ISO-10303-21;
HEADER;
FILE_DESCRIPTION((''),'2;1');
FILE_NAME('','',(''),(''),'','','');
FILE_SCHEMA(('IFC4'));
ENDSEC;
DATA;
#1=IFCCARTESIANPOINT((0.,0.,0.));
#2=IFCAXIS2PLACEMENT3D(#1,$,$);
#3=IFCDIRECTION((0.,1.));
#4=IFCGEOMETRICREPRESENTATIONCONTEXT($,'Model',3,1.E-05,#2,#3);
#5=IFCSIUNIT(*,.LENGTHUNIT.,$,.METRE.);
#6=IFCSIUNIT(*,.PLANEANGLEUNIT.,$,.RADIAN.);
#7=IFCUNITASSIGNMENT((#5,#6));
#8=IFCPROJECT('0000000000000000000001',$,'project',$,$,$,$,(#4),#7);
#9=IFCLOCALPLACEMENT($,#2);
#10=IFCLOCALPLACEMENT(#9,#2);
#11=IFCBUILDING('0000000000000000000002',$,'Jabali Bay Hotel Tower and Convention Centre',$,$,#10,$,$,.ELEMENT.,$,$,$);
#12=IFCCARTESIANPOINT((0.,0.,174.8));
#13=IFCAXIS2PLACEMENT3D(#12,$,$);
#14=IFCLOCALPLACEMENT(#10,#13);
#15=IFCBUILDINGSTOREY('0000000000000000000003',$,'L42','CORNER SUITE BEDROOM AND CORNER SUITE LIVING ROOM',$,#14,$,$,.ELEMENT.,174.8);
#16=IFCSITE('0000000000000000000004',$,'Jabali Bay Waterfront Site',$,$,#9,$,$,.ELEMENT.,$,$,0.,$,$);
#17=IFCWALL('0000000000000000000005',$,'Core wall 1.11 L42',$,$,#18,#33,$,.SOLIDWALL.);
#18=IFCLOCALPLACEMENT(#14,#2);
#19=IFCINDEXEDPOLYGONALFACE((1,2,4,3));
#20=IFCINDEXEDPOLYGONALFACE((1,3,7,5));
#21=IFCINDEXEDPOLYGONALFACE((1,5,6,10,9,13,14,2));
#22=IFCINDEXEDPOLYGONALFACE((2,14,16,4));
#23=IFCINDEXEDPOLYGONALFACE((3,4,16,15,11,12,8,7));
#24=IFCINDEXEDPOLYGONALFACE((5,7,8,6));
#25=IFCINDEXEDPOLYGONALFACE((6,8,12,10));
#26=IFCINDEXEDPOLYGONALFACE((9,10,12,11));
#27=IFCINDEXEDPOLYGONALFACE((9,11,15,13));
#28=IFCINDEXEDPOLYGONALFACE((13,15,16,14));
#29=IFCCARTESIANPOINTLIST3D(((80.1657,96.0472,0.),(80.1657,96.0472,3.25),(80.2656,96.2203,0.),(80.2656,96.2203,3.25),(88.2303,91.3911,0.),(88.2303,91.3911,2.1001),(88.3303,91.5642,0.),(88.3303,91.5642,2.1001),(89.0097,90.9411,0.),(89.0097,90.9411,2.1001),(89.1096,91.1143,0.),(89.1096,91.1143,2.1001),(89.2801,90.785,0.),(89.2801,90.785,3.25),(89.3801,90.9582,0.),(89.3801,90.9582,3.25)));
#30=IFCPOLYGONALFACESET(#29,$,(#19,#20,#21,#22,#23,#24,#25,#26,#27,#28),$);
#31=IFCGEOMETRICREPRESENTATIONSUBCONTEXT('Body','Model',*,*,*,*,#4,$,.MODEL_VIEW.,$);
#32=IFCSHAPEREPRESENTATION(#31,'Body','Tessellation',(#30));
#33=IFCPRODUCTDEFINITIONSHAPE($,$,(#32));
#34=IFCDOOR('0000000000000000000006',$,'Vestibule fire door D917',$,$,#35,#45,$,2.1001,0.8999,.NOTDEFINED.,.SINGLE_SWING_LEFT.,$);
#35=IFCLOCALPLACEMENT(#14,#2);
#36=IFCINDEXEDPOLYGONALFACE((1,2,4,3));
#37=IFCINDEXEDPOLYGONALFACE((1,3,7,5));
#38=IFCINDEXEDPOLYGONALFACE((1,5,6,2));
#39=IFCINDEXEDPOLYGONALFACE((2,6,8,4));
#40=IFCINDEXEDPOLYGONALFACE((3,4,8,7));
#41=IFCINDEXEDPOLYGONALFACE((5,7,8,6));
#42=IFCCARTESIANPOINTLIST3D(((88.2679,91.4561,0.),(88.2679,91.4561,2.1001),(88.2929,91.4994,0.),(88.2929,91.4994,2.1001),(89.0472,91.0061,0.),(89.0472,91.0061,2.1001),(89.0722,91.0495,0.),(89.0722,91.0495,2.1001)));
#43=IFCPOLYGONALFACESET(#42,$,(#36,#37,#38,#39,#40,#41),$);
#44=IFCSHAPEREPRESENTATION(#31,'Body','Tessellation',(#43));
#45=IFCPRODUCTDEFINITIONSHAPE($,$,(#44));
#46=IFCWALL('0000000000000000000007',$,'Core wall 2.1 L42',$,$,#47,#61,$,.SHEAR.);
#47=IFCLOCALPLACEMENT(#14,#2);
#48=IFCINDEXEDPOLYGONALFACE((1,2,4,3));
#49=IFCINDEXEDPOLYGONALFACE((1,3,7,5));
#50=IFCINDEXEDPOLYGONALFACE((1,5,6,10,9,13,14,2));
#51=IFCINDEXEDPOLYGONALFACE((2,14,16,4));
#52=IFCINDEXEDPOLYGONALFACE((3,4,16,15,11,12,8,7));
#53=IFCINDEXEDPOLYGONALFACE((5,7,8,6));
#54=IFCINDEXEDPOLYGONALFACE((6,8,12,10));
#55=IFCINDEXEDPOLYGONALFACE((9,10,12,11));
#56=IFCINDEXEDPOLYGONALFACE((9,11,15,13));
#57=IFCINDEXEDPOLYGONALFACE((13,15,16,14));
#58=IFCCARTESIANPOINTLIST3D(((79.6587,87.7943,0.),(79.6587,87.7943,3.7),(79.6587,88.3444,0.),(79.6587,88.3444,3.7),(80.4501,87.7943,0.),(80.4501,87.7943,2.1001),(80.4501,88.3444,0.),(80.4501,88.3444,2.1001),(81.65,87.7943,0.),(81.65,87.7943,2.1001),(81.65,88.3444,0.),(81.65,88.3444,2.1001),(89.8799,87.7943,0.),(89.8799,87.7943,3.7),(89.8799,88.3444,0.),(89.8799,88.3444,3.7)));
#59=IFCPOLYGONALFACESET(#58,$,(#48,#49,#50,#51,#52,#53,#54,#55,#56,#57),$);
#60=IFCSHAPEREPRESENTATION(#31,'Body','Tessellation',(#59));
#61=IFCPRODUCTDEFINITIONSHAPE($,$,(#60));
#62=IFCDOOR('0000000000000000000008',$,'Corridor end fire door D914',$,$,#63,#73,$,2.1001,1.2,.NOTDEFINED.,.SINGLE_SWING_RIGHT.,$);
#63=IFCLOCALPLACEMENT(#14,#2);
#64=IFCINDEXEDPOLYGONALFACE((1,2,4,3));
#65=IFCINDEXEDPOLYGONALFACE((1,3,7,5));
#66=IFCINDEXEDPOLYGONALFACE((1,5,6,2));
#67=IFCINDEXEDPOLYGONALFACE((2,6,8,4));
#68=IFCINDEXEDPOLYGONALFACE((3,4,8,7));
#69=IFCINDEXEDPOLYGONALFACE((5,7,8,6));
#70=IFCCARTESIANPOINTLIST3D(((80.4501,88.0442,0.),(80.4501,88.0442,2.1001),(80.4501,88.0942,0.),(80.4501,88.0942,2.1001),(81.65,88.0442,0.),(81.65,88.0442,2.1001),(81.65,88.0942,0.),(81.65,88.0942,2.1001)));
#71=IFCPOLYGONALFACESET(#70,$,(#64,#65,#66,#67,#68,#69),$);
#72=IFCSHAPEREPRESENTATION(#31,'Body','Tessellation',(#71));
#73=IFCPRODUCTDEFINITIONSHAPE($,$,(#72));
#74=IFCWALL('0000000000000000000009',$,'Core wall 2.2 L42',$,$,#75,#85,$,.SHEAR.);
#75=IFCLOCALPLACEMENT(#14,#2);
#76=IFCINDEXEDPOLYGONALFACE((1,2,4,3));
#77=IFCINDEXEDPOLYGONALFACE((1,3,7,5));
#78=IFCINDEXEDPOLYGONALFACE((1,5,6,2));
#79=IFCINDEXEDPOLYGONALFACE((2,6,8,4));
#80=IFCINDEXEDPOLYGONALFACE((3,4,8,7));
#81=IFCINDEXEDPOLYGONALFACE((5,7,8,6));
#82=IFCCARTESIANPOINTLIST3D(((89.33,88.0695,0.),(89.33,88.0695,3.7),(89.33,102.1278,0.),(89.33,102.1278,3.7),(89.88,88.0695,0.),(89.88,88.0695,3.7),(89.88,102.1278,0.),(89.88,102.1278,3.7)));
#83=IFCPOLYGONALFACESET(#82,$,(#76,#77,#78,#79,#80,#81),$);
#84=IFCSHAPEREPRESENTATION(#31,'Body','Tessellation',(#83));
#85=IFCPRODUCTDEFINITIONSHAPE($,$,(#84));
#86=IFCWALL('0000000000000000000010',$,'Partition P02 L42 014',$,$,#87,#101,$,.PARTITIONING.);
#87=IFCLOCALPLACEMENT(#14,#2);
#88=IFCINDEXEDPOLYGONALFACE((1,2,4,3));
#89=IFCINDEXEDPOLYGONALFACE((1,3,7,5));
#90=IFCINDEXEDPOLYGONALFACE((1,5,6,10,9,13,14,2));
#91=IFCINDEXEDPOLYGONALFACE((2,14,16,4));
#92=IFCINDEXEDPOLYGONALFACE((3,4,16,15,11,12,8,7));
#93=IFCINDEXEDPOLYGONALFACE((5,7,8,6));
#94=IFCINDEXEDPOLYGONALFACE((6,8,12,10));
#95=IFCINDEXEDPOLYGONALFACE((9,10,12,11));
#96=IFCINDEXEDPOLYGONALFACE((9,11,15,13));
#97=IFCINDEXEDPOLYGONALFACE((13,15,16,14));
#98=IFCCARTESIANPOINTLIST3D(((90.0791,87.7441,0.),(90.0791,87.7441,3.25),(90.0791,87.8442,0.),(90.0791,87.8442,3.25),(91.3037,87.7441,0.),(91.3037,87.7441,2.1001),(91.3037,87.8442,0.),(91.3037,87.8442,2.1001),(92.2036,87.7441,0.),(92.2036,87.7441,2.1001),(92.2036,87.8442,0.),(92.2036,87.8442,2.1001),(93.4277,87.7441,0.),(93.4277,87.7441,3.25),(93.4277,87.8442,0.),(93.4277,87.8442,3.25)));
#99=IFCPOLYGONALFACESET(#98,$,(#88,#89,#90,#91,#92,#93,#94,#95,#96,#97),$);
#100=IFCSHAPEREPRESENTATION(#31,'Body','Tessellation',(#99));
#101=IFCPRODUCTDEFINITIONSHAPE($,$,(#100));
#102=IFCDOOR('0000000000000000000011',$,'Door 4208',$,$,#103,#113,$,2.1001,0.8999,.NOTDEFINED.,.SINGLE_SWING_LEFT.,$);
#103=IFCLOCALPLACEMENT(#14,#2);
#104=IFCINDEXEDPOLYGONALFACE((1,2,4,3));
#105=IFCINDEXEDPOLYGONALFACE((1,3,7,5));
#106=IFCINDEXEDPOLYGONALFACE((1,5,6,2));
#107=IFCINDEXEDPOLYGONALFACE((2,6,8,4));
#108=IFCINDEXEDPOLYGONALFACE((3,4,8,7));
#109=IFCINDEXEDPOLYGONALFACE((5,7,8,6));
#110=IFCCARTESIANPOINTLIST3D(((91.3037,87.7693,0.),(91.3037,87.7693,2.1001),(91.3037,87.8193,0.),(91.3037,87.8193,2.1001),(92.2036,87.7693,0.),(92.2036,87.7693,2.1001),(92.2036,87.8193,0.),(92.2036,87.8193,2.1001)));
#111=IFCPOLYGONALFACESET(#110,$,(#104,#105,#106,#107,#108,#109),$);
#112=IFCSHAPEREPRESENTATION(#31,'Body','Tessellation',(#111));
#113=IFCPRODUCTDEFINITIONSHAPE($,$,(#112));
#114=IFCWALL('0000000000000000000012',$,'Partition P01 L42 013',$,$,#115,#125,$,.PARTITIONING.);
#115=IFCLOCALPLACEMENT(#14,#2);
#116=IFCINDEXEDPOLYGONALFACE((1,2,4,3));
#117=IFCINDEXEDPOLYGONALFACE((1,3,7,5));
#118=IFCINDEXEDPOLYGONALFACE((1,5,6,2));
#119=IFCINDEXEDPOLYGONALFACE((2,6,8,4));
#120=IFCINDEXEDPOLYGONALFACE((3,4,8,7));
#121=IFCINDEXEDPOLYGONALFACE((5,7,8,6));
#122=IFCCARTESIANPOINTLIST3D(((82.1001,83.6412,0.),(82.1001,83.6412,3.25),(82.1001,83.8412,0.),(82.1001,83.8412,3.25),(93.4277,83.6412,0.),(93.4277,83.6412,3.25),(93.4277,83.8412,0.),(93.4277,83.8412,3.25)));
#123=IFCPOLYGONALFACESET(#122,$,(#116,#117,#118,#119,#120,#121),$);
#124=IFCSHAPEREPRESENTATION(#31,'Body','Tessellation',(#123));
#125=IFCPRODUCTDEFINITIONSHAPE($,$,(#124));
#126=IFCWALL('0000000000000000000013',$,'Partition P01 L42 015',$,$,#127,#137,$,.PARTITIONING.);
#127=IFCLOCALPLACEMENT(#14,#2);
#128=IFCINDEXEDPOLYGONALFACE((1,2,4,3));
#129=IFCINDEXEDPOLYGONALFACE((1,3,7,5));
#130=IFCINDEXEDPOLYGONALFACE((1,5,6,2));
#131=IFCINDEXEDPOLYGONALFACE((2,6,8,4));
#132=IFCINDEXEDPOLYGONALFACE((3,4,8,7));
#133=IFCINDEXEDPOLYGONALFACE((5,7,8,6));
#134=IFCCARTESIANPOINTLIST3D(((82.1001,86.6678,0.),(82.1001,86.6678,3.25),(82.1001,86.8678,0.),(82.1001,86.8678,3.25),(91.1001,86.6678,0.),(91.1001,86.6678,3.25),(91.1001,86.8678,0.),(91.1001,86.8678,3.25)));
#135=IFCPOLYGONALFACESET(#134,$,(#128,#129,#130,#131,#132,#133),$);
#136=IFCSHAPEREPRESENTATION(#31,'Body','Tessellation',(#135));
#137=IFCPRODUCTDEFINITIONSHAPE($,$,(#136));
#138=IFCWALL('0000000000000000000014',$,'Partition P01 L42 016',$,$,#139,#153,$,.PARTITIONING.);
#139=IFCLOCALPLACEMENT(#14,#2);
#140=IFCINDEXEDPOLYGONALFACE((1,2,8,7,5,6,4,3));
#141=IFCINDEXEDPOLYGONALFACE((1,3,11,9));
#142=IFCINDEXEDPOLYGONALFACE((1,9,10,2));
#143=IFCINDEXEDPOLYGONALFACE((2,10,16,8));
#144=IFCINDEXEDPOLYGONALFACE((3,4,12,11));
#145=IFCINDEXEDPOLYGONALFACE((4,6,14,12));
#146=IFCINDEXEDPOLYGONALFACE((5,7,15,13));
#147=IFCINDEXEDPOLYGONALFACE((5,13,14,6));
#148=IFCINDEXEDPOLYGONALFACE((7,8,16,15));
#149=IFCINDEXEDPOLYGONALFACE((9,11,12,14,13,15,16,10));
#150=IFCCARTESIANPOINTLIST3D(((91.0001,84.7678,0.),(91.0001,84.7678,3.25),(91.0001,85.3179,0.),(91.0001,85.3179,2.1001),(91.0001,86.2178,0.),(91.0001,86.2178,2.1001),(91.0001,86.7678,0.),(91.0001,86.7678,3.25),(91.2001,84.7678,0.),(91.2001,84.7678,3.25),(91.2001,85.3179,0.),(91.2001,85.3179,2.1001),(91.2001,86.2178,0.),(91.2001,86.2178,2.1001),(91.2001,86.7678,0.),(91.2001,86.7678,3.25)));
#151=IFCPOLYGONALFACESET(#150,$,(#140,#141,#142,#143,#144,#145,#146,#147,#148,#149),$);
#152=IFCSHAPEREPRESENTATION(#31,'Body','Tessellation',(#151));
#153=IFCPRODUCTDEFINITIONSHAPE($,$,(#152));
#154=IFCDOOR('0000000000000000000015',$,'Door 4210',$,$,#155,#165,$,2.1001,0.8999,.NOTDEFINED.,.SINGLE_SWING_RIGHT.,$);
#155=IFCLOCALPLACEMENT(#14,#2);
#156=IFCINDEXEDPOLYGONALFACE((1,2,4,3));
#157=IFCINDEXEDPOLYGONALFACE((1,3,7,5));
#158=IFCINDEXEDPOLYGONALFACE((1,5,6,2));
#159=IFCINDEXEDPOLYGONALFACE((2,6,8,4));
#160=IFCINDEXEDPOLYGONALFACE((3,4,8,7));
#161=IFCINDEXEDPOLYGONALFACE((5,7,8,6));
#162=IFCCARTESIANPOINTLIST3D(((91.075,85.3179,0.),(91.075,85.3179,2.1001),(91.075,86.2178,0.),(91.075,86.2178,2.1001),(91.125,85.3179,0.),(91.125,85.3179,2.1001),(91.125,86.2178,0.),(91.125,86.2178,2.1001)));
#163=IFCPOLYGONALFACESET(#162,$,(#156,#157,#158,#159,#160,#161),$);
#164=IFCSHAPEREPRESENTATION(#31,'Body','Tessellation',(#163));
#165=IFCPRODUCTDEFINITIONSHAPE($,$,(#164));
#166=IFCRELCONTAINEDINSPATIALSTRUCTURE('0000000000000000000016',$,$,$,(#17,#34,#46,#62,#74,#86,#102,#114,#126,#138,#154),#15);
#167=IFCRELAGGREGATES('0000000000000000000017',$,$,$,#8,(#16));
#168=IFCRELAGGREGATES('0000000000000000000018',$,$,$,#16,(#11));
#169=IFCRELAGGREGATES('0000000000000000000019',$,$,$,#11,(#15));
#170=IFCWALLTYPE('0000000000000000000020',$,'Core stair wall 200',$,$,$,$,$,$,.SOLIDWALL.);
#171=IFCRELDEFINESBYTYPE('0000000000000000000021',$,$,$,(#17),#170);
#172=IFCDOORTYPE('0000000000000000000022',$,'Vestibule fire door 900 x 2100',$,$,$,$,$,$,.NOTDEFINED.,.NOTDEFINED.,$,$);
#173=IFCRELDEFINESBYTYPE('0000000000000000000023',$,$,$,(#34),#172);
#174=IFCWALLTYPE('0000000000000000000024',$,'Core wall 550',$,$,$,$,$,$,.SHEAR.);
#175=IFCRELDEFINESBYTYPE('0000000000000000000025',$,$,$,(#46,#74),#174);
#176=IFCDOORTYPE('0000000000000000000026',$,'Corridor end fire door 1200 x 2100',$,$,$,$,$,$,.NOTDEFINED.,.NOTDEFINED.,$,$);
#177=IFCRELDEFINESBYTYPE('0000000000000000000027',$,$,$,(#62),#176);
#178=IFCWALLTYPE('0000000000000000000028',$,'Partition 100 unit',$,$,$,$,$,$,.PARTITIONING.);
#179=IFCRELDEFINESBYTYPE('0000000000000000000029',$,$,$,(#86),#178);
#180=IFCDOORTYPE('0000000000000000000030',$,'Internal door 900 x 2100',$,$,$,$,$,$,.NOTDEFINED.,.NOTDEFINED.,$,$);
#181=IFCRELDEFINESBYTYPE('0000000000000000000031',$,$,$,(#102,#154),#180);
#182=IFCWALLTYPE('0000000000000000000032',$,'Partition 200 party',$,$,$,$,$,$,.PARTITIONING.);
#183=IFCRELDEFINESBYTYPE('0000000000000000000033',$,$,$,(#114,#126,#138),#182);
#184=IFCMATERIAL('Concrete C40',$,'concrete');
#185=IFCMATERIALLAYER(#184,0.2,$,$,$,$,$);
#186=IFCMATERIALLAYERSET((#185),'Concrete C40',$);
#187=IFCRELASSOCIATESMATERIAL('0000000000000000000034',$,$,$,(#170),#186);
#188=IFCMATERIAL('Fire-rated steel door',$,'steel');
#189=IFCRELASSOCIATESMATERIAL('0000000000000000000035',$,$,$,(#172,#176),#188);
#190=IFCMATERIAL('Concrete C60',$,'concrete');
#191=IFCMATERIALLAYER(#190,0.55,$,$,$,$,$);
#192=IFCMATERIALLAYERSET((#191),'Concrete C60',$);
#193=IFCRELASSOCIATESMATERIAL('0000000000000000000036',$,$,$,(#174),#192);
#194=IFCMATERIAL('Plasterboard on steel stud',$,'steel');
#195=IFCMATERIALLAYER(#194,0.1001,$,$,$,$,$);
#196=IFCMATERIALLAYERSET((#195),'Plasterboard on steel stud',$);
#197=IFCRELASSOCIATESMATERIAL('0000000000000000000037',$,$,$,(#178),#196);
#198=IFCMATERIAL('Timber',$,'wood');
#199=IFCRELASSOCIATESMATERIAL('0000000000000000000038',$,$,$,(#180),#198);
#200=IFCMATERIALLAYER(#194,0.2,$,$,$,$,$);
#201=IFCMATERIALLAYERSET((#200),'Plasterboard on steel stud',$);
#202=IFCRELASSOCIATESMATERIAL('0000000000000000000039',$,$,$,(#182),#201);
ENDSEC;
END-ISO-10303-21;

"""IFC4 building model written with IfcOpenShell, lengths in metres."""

from ifc_helpers import new_model, si_unit, direction, frame, frame_2d, origin, place, context, subcontext, project, spatial, rectangle, extrude, material, layer, layer_set, type_object, element, fill, save


model = new_model("IFC4")

# Units and contexts
model_context = context("Model", 3, precision=1e-05, world=origin(), true_north=direction((0.0, 1.0)))
body_context = subcontext(model_context, "Body", "Model", "MODEL_VIEW")
ifc_project = project(units=[si_unit("LENGTHUNIT", "METRE"), si_unit("PLANEANGLEUNIT", "RADIAN")], contexts=[model_context])

# Site, building, storey
site_placement = place(None, origin())
site = spatial("IfcSite", under=ifc_project, at=site_placement, Name="Jabali Bay Waterfront Site", CompositionType="ELEMENT", RefElevation=0.0)
building_placement = place(site_placement, origin())
building = spatial("IfcBuilding", under=site, at=building_placement, Name="Jabali Bay Hotel Tower and Convention Centre", CompositionType="ELEMENT")
storey_placement = place(building_placement, frame((0.0, 0.0, 174.8)))
storey = spatial("IfcBuildingStorey", under=building, at=storey_placement, Name="L42", Description="CORNER SUITE BEDROOM AND CORNER SUITE LIVING ROOM", CompositionType="ELEMENT", Elevation=174.8)

# Shared definitions
ifc_material_1 = material(Name="Concrete C60", Category="concrete")

# Shared definitions
ifc_material_2 = material(Name="Concrete C40", Category="concrete")
ifc_layer_1 = layer(ifc_material_2, 0.2)
ifc_layer_set_1 = layer_set([ifc_layer_1], Name="Concrete C40")
wall_type_1 = type_object("IfcWallType", Name="Core stair wall 200", PredefinedType="SOLIDWALL", material=ifc_layer_set_1)

# Walls, openings, doors
wall_1_placement = place(storey_placement, frame((89.3301, 90.8716, 0.0), z_axis=(0.0, 0.0, 1.0), x_axis=(-0.866028, 0.499996, 0.0)))
wall_1 = element("IfcWall", 1, at=wall_1_placement, inside=storey, type_object=wall_type_1, Name="Core wall 1.11 L42", PredefinedType="SOLIDWALL", context=body_context, shape_type="SweptSolid", body=[
    extrude(rectangle(XDim=10.5244, YDim=0.2, at=frame_2d((5.2622, 0.0))), origin(), (0.0, 0.0, 1.0), 3.25),
])
opening_1_placement = place(wall_1_placement, frame((0.3123, 0.0, 0.0)))
opening_1 = element("IfcOpeningElement", 2, at=opening_1_placement, cuts=wall_1, PredefinedType="OPENING", context=body_context, shape_type="SweptSolid", body=[
    extrude(rectangle(XDim=0.8999, YDim=2.1001, at=frame_2d((0.45, 1.05))), frame((0.0, 0.1104, 0.0), z_axis=(0.0, -1.0, 0.0), x_axis=(1.0, 0.0, 0.0)), (0.0, 0.0, 1.0), 0.2209),
])
ifc_material_3 = material(Name="Fire-rated steel door", Category="steel")
door_type_1 = type_object("IfcDoorType", Name="Vestibule fire door 900 x 2100", OperationType="NOTDEFINED", PredefinedType="NOTDEFINED", material=ifc_material_3)
door_1_placement = place(opening_1_placement, origin())
door_1 = element("IfcDoor", 3, at=door_1_placement, inside=storey, type_object=door_type_1, Name="Vestibule fire door D917", OperationType="SINGLE_SWING_LEFT", OverallHeight=2.1001, OverallWidth=0.8999, PredefinedType="NOTDEFINED", context=body_context, shape_type="SweptSolid", body=[
    extrude(rectangle(XDim=0.8999, YDim=2.1001, at=frame_2d((0.45, 1.05))), frame((0.0, 0.0249, 0.0), z_axis=(0.0, -1.0, 0.0), x_axis=(1.0, 0.0, 0.0)), (0.0, 0.0, 1.0), 0.05),
])
fill(opening_1, door_1)
ifc_layer_2 = layer(ifc_material_1, 0.55)
ifc_layer_set_2 = layer_set([ifc_layer_2], Name="Concrete C60")
wall_type_2 = type_object("IfcWallType", Name="Core wall 550", PredefinedType="SHEAR", material=ifc_layer_set_2)
wall_2_placement = place(storey_placement, frame((79.6587, 88.0693, 0.0), z_axis=(0.0, 0.0, 1.0), x_axis=(1.0, 0.0, 0.0)))
wall_2 = element("IfcWall", 4, at=wall_2_placement, inside=storey, type_object=wall_type_2, Name="Core wall 2.1 L42", PredefinedType="SHEAR", context=body_context, shape_type="SweptSolid", body=[
    extrude(rectangle(XDim=10.2212, YDim=0.55, at=frame_2d((5.1106, 0.0))), origin(), (0.0, 0.0, 1.0), 3.7),
])
opening_2_placement = place(wall_2_placement, frame((0.7913, 0.0, 0.0)))
opening_2 = element("IfcOpeningElement", 5, at=opening_2_placement, cuts=wall_2, PredefinedType="OPENING", context=body_context, shape_type="SweptSolid", body=[
    extrude(rectangle(XDim=1.2, YDim=2.1001, at=frame_2d((0.6001, 1.05))), frame((0.0, 0.2856, 0.0), z_axis=(0.0, -1.0, 0.0), x_axis=(1.0, 0.0, 0.0)), (0.0, 0.0, 1.0), 0.571),
])
door_type_2 = type_object("IfcDoorType", Name="Corridor end fire door 1200 x 2100", OperationType="NOTDEFINED", PredefinedType="NOTDEFINED", material=ifc_material_3)
door_2_placement = place(opening_2_placement, origin())
door_2 = element("IfcDoor", 6, at=door_2_placement, inside=storey, type_object=door_type_2, Name="Corridor end fire door D914", OperationType="SINGLE_SWING_RIGHT", OverallHeight=2.1001, OverallWidth=1.2, PredefinedType="NOTDEFINED", context=body_context, shape_type="SweptSolid", body=[
    extrude(rectangle(XDim=1.2, YDim=2.1001, at=frame_2d((0.6001, 1.05))), frame((0.0, 0.0249, 0.0), z_axis=(0.0, -1.0, 0.0), x_axis=(1.0, 0.0, 0.0)), (0.0, 0.0, 1.0), 0.05),
])
fill(opening_2, door_2)

# Wall
wall_3_placement = place(storey_placement, frame((89.605, 88.0693, 0.0), z_axis=(0.0, 0.0, 1.0), x_axis=(0.0, 1.0, 0.0)))
element("IfcWall", 7, at=wall_3_placement, inside=storey, type_object=wall_type_2, Name="Core wall 2.2 L42", PredefinedType="SHEAR", context=body_context, shape_type="SweptSolid", body=[
    extrude(rectangle(XDim=14.0583, YDim=0.55, at=frame_2d((7.0293, 0.0))), origin(), (0.0, 0.0, 1.0), 3.7),
])

# Wall, opening, door
ifc_material_4 = material(Name="Plasterboard on steel stud", Category="steel")
ifc_layer_3 = layer(ifc_material_4, 0.1001)
ifc_layer_set_3 = layer_set([ifc_layer_3], Name="Plasterboard on steel stud")
wall_type_3 = type_object("IfcWallType", Name="Partition 100 unit", PredefinedType="PARTITIONING", material=ifc_layer_set_3)
wall_4_placement = place(storey_placement, frame((93.4277, 87.7942, 0.0), z_axis=(0.0, 0.0, 1.0), x_axis=(-1.0, 0.0, 0.0)))
wall_4 = element("IfcWall", 8, at=wall_4_placement, inside=storey, type_object=wall_type_3, Name="Partition P02 L42 014", PredefinedType="PARTITIONING", context=body_context, shape_type="SweptSolid", body=[
    extrude(rectangle(XDim=3.3486, YDim=0.1001, at=frame_2d((1.6743, 0.0))), origin(), (0.0, 0.0, 1.0), 3.25),
])
opening_3_placement = place(wall_4_placement, frame((1.2241, 0.0, 0.0)))
opening_3 = element("IfcOpeningElement", 9, at=opening_3_placement, cuts=wall_4, PredefinedType="OPENING", context=body_context, shape_type="SweptSolid", body=[
    extrude(rectangle(XDim=0.8999, YDim=2.1001, at=frame_2d((0.45, 1.05))), frame((0.0, 0.0605, 0.0), z_axis=(0.0, -1.0, 0.0), x_axis=(1.0, 0.0, 0.0)), (0.0, 0.0, 1.0), 0.1211),
])
ifc_material_5 = material(Name="Timber", Category="wood")
door_type_3 = type_object("IfcDoorType", Name="Internal door 900 x 2100", OperationType="NOTDEFINED", PredefinedType="NOTDEFINED", material=ifc_material_5)
door_3_placement = place(opening_3_placement, origin())
door_3 = element("IfcDoor", 10, at=door_3_placement, inside=storey, type_object=door_type_3, Name="Door 4208", OperationType="SINGLE_SWING_LEFT", OverallHeight=2.1001, OverallWidth=0.8999, PredefinedType="NOTDEFINED", context=body_context, shape_type="SweptSolid", body=[
    extrude(rectangle(XDim=0.8999, YDim=2.1001, at=frame_2d((0.45, 1.05))), frame((0.0, 0.0249, 0.0), z_axis=(0.0, -1.0, 0.0), x_axis=(1.0, 0.0, 0.0)), (0.0, 0.0, 1.0), 0.05),
])
fill(opening_3, door_3)

# Walls
ifc_layer_4 = layer(ifc_material_4, 0.2)
ifc_layer_set_4 = layer_set([ifc_layer_4], Name="Plasterboard on steel stud")
wall_type_4 = type_object("IfcWallType", Name="Partition 200 party", PredefinedType="PARTITIONING", material=ifc_layer_set_4)
wall_5_placement = place(storey_placement, frame((93.4277, 83.7412, 0.0), z_axis=(0.0, 0.0, 1.0), x_axis=(-1.0, 0.0, 0.0)))
element("IfcWall", 11, at=wall_5_placement, inside=storey, type_object=wall_type_4, Name="Partition P01 L42 013", PredefinedType="PARTITIONING", context=body_context, shape_type="SweptSolid", body=[
    extrude(rectangle(XDim=11.3276, YDim=0.2, at=frame_2d((5.6638, 0.0))), origin(), (0.0, 0.0, 1.0), 3.25),
])
wall_6_placement = place(storey_placement, frame((82.1001, 86.7678, 0.0), z_axis=(0.0, 0.0, 1.0), x_axis=(1.0, 0.0, 0.0)))
element("IfcWall", 12, at=wall_6_placement, inside=storey, type_object=wall_type_4, Name="Partition P01 L42 015", PredefinedType="PARTITIONING", context=body_context, shape_type="SweptSolid", body=[
    extrude(rectangle(XDim=9.0, YDim=0.2, at=frame_2d((4.5, 0.0))), origin(), (0.0, 0.0, 1.0), 3.25),
])

# Wall, opening, door
wall_7_placement = place(storey_placement, frame((91.1001, 86.7678, 0.0), z_axis=(0.0, 0.0, 1.0), x_axis=(0.0, -1.0, 0.0)))
wall_7 = element("IfcWall", 13, at=wall_7_placement, inside=storey, type_object=wall_type_4, Name="Partition P01 L42 016", PredefinedType="PARTITIONING", context=body_context, shape_type="SweptSolid", body=[
    extrude(rectangle(XDim=2.0, YDim=0.2, at=frame_2d((1.0, 0.0))), origin(), (0.0, 0.0, 1.0), 3.25),
])
opening_4_placement = place(wall_7_placement, frame((0.55, 0.0, 0.0)))
opening_4 = element("IfcOpeningElement", 14, at=opening_4_placement, cuts=wall_7, PredefinedType="OPENING", context=body_context, shape_type="SweptSolid", body=[
    extrude(rectangle(XDim=0.8999, YDim=2.1001, at=frame_2d((0.45, 1.05))), frame((0.0, 0.1104, 0.0), z_axis=(0.0, -1.0, 0.0), x_axis=(1.0, 0.0, 0.0)), (0.0, 0.0, 1.0), 0.2209),
])
door_4_placement = place(opening_4_placement, origin())
door_4 = element("IfcDoor", 15, at=door_4_placement, inside=storey, type_object=door_type_3, Name="Door 4210", OperationType="SINGLE_SWING_RIGHT", OverallHeight=2.1001, OverallWidth=0.8999, PredefinedType="NOTDEFINED", context=body_context, shape_type="SweptSolid", body=[
    extrude(rectangle(XDim=0.8999, YDim=2.1001, at=frame_2d((0.45, 1.05))), frame((0.0, 0.0249, 0.0), z_axis=(0.0, -1.0, 0.0), x_axis=(1.0, 0.0, 0.0)), (0.0, 0.0, 1.0), 0.05),
])
fill(opening_4, door_4)

save(model, "model.ifc")
